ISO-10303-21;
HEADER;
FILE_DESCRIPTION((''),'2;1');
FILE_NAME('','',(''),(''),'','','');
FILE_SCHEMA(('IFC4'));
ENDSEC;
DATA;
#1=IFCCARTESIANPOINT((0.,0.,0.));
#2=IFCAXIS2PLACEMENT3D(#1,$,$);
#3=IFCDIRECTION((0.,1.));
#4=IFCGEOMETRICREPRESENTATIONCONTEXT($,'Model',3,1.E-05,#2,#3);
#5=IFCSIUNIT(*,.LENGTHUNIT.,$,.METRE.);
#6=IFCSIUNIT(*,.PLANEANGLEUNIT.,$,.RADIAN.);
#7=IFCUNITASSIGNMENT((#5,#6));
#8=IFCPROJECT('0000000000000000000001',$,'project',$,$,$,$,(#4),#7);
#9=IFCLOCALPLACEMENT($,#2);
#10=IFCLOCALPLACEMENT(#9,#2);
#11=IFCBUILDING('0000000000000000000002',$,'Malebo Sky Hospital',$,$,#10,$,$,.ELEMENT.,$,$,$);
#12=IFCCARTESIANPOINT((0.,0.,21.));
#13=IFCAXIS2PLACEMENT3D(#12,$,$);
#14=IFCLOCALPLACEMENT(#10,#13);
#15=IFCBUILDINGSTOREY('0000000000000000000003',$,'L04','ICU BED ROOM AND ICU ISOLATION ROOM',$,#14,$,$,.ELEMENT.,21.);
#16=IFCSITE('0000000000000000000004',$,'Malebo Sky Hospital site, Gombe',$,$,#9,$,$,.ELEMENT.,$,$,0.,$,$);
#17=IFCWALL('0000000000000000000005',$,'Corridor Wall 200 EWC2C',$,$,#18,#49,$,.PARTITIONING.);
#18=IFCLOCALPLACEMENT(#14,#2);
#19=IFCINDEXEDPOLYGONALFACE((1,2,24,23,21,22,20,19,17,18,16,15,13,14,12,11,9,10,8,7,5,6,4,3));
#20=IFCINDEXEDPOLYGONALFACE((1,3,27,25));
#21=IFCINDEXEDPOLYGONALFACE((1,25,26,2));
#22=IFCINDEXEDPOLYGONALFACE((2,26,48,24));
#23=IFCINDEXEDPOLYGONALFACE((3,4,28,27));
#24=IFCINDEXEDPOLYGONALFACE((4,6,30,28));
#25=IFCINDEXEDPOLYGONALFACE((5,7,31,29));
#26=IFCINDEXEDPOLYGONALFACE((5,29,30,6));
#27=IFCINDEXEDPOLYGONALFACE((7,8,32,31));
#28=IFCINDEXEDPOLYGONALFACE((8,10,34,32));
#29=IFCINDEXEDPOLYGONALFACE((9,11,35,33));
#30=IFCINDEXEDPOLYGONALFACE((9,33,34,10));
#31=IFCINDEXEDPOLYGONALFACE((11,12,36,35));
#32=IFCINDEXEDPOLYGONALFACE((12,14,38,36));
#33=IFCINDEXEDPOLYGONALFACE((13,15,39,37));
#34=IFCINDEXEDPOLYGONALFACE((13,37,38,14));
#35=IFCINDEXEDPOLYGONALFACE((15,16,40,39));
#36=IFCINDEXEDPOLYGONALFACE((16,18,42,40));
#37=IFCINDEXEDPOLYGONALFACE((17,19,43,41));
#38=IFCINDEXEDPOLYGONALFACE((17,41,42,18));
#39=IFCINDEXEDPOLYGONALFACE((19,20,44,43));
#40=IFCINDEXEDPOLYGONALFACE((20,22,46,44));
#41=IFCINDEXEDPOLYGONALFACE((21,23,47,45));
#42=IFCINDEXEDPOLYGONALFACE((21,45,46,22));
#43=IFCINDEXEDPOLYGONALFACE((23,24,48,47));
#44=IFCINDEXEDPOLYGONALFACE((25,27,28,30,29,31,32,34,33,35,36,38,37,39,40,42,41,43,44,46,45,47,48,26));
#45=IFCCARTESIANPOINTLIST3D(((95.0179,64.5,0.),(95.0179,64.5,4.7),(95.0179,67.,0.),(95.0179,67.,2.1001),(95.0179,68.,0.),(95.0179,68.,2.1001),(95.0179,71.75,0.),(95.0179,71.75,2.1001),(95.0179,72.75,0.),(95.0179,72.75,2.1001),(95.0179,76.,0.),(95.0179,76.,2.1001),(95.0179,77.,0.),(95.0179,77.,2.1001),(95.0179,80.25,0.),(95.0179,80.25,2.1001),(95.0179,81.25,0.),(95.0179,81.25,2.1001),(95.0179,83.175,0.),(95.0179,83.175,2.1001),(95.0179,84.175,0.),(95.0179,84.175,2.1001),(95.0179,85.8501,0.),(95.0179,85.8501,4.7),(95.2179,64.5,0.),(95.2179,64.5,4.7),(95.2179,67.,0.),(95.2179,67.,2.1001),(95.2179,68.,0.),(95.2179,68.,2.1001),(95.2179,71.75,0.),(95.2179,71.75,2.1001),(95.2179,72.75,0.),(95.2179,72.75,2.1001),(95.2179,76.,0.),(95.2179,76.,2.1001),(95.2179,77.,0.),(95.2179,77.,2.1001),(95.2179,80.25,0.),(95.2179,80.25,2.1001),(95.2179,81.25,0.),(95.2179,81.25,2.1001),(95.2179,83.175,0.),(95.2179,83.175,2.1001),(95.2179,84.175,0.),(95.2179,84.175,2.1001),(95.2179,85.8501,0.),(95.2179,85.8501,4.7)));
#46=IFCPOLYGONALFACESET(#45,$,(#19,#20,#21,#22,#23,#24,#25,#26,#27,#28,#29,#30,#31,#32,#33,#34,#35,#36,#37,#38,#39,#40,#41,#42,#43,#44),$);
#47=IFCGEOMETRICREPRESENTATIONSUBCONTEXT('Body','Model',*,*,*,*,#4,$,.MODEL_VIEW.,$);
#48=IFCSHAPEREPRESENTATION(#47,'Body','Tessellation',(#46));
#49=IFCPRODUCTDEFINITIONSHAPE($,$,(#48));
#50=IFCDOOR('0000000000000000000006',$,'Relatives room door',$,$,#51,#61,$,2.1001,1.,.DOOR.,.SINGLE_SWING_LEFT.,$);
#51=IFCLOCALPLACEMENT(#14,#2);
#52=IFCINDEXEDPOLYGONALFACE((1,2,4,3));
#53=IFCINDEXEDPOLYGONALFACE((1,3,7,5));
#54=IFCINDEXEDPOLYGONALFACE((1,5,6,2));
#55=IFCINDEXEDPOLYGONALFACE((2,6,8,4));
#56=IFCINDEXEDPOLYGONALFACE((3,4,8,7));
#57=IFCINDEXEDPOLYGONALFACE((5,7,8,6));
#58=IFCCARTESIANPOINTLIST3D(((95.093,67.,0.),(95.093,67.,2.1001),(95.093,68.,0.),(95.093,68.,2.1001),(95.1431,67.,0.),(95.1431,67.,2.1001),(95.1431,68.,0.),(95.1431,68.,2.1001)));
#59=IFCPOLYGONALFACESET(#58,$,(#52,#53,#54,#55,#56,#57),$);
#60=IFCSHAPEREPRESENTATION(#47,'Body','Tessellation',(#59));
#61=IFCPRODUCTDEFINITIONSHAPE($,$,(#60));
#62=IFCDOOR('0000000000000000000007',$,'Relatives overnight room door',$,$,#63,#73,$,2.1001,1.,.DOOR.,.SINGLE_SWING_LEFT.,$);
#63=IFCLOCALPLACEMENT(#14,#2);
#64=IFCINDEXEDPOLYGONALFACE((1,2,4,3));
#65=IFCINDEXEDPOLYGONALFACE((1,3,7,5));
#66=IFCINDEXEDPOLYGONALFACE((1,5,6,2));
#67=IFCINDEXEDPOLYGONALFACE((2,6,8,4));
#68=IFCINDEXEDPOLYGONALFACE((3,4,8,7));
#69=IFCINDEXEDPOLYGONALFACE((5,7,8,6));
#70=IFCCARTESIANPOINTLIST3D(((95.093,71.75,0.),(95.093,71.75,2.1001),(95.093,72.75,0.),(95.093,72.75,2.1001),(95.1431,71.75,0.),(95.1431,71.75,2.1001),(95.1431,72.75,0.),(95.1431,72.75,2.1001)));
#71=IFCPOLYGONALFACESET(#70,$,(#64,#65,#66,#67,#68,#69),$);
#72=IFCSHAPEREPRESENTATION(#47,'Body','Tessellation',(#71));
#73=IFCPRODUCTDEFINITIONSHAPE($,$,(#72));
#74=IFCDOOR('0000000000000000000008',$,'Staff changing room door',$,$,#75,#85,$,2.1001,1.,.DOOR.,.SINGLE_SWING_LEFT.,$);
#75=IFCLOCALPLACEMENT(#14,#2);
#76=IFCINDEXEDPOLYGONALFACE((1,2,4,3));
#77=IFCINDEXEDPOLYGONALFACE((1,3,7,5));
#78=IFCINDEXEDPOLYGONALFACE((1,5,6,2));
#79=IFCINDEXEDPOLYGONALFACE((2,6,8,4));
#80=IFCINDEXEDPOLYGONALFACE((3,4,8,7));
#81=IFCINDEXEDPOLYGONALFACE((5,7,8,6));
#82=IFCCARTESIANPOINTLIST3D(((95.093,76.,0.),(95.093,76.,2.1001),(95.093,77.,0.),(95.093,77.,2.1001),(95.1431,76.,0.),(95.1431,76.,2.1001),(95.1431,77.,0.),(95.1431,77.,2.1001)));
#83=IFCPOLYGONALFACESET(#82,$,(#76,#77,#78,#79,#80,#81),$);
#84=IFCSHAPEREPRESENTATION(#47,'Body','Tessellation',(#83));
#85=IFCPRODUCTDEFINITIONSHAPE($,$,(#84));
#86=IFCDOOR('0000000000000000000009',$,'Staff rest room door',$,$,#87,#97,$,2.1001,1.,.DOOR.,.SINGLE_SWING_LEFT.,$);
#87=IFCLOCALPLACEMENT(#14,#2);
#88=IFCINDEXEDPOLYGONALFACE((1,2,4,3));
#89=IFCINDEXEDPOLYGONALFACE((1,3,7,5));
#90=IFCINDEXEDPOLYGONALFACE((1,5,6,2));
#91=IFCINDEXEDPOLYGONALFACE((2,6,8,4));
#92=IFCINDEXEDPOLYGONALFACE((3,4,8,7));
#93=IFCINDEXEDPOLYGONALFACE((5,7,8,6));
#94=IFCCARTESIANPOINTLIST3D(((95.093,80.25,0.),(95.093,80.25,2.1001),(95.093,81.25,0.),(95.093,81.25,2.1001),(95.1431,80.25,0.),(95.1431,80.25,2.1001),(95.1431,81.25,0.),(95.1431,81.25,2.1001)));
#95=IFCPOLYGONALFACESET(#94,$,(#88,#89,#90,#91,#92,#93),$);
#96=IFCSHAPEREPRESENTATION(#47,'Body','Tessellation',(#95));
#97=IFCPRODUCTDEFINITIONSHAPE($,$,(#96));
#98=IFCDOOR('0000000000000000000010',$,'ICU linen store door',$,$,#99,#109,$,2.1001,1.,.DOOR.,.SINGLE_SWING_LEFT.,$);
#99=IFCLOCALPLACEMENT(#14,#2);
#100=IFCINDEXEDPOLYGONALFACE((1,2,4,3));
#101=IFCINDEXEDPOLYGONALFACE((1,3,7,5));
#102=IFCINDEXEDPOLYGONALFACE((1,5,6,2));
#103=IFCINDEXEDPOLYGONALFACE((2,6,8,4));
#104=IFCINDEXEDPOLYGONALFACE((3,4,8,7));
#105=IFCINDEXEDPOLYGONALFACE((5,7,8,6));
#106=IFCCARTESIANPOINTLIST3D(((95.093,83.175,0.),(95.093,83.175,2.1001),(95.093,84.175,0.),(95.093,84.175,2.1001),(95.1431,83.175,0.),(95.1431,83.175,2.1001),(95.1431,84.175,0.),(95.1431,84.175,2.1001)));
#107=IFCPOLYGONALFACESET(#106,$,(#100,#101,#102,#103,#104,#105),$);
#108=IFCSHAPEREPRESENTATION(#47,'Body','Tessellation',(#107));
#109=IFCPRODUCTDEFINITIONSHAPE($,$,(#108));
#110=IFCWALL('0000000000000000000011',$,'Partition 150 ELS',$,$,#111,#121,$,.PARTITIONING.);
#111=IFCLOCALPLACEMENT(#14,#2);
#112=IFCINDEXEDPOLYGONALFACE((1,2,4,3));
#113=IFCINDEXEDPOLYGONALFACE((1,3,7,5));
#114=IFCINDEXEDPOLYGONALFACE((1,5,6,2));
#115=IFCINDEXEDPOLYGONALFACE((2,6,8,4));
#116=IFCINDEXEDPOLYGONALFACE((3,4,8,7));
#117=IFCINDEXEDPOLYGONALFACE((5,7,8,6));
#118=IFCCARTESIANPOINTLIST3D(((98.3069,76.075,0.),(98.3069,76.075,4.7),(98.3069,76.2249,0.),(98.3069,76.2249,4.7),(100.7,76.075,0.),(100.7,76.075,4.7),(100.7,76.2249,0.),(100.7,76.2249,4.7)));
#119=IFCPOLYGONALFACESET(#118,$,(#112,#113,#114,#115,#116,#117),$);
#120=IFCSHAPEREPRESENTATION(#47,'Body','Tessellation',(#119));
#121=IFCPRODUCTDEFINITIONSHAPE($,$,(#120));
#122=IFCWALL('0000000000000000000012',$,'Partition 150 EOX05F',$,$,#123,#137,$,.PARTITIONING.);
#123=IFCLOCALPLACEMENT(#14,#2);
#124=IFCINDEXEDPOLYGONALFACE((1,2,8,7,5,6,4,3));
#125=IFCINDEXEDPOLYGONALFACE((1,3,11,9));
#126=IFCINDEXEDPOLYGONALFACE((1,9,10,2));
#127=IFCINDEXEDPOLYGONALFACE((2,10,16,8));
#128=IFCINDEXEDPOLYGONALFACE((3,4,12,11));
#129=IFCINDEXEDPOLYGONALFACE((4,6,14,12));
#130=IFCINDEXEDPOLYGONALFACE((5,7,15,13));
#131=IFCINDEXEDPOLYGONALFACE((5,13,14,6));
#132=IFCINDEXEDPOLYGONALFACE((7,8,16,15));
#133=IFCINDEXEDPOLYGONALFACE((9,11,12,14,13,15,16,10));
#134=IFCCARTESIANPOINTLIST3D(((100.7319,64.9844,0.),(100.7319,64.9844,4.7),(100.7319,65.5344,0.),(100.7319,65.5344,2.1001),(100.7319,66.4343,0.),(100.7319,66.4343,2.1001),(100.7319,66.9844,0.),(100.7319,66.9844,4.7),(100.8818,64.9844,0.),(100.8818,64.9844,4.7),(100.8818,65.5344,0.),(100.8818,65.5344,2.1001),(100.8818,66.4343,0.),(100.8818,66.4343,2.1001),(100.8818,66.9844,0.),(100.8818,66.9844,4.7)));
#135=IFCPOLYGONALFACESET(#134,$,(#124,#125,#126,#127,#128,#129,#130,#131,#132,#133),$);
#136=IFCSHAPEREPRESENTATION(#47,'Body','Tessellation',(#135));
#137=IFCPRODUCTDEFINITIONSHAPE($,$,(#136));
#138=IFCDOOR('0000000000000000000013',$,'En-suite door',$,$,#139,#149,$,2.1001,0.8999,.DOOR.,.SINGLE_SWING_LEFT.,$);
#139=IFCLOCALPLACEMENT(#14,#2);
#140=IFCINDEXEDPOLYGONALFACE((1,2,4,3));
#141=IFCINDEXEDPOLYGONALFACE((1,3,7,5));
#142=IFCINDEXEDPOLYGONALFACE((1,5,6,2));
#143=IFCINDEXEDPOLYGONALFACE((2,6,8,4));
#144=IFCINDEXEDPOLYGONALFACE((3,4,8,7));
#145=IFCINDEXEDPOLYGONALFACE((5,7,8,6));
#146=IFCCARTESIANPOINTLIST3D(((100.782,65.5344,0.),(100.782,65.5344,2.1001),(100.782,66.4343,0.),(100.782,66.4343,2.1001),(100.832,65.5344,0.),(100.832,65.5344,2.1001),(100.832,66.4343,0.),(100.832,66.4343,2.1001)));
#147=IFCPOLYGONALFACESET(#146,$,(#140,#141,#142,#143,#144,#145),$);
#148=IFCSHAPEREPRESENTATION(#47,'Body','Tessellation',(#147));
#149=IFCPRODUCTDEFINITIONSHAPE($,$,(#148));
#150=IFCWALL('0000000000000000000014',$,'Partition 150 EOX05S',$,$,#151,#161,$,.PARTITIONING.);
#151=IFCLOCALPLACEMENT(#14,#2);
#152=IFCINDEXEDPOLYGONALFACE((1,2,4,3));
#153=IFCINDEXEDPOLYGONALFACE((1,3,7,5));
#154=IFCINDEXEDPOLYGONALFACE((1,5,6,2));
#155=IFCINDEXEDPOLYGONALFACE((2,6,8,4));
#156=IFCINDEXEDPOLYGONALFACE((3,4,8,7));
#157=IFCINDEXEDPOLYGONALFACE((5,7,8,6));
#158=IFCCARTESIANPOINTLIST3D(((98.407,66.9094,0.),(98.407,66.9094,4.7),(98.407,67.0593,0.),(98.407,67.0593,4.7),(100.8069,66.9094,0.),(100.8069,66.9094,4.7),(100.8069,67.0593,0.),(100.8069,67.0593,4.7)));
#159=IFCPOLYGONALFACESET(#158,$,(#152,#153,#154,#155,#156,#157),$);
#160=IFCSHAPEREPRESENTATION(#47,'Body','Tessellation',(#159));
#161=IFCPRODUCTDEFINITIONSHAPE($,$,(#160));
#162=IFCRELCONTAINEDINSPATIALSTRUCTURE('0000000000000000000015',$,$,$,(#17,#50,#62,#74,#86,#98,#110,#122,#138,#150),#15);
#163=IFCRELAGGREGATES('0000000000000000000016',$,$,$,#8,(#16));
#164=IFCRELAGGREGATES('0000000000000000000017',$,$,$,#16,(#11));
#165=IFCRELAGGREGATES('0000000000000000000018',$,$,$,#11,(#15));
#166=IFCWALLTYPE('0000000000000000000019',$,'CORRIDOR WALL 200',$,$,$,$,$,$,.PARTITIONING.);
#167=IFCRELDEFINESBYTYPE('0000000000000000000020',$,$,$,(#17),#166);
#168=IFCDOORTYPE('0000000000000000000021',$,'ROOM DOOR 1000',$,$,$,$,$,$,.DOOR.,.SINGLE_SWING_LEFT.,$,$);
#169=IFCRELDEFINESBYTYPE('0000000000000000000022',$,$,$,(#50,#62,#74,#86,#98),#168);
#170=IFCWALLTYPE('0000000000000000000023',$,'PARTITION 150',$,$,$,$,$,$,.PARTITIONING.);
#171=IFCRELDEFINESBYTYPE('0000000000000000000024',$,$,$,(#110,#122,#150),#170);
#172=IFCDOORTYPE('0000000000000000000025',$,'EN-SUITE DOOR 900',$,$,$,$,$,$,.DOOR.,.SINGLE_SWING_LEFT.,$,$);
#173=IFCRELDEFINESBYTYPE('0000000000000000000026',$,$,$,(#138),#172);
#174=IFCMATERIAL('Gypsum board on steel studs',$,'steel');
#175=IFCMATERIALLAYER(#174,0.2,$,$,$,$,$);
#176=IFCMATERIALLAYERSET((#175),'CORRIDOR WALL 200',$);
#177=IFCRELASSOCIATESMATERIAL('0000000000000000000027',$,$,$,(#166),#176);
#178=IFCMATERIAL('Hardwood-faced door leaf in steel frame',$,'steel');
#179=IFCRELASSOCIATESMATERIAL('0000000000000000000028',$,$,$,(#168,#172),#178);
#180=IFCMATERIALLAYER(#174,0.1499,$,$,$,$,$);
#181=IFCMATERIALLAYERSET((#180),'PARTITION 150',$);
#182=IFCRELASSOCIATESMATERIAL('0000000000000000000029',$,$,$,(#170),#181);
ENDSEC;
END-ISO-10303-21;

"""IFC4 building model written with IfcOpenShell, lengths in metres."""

from ifc_helpers import new_model, si_unit, direction, frame, frame_2d, origin, place, context, subcontext, project, spatial, rectangle, extrude, material, layer, layer_set, type_object, element, fill, save


model = new_model("IFC4")

# Units and contexts
model_context = context("Model", 3, precision=1e-05, world=origin(), true_north=direction((0.0, 1.0)))
body_context = subcontext(model_context, "Body", "Model", "MODEL_VIEW")
ifc_project = project(units=[si_unit("LENGTHUNIT", "METRE"), si_unit("PLANEANGLEUNIT", "RADIAN")], contexts=[model_context])

# Site, building, storey
site_placement = place(None, origin())
site = spatial("IfcSite", under=ifc_project, at=site_placement, Name="Malebo Sky Hospital site, Gombe", CompositionType="ELEMENT", RefElevation=0.0)
building_placement = place(site_placement, origin())
building = spatial("IfcBuilding", under=site, at=building_placement, Name="Malebo Sky Hospital", CompositionType="ELEMENT")
storey_placement = place(building_placement, frame((0.0, 0.0, 21.0)))
storey = spatial("IfcBuildingStorey", under=building, at=storey_placement, Name="L04", Description="ICU BED ROOM AND ICU ISOLATION ROOM", CompositionType="ELEMENT", Elevation=21.0)

# Wall, openings, doors
ifc_material_1 = material(Name="Gypsum board on steel studs", Category="steel")
ifc_layer_1 = layer(ifc_material_1, 0.2)
ifc_layer_set_1 = layer_set([ifc_layer_1], Name="CORRIDOR WALL 200")
wall_type_1 = type_object("IfcWallType", Name="CORRIDOR WALL 200", PredefinedType="PARTITIONING", material=ifc_layer_set_1)
wall_1_placement = place(storey_placement, frame((95.1179, 64.5, 0.0), z_axis=(0.0, 0.0, 1.0), x_axis=(0.0, 1.0, 0.0)))
wall_1 = element("IfcWall", 1, at=wall_1_placement, inside=storey, type_object=wall_type_1, Name="Corridor Wall 200 EWC2C", PredefinedType="PARTITIONING", context=body_context, shape_type="SweptSolid", body=[
    extrude(rectangle(XDim=21.3501, YDim=0.2, at=frame_2d((10.675, 0.0))), origin(), (0.0, 0.0, 1.0), 4.7),
])
opening_1_placement = place(wall_1_placement, frame((2.5, 0.0, 0.0)))
opening_1 = element("IfcOpeningElement", 2, at=opening_1_placement, cuts=wall_1, PredefinedType="OPENING", context=body_context, shape_type="SweptSolid", body=[
    extrude(rectangle(XDim=1.0, YDim=2.1001, at=frame_2d((0.5, 1.05))), frame((0.0, 0.1099, 0.0), z_axis=(0.0, -1.0, 0.0), x_axis=(1.0, 0.0, 0.0)), (0.0, 0.0, 1.0), 0.22),
])
opening_2_placement = place(wall_1_placement, frame((7.25, 0.0, 0.0)))
opening_2 = element("IfcOpeningElement", 3, at=opening_2_placement, cuts=wall_1, PredefinedType="OPENING", context=body_context, shape_type="SweptSolid", body=[
    extrude(rectangle(XDim=1.0, YDim=2.1001, at=frame_2d((0.5, 1.05))), frame((0.0, 0.1099, 0.0), z_axis=(0.0, -1.0, 0.0), x_axis=(1.0, 0.0, 0.0)), (0.0, 0.0, 1.0), 0.22),
])
opening_3_placement = place(wall_1_placement, frame((11.5, 0.0, 0.0)))
opening_3 = element("IfcOpeningElement", 4, at=opening_3_placement, cuts=wall_1, PredefinedType="OPENING", context=body_context, shape_type="SweptSolid", body=[
    extrude(rectangle(XDim=1.0, YDim=2.1001, at=frame_2d((0.5, 1.05))), frame((0.0, 0.1099, 0.0), z_axis=(0.0, -1.0, 0.0), x_axis=(1.0, 0.0, 0.0)), (0.0, 0.0, 1.0), 0.22),
])
opening_4_placement = place(wall_1_placement, frame((15.75, 0.0, 0.0)))
opening_4 = element("IfcOpeningElement", 5, at=opening_4_placement, cuts=wall_1, PredefinedType="OPENING", context=body_context, shape_type="SweptSolid", body=[
    extrude(rectangle(XDim=1.0, YDim=2.1001, at=frame_2d((0.5, 1.05))), frame((0.0, 0.1099, 0.0), z_axis=(0.0, -1.0, 0.0), x_axis=(1.0, 0.0, 0.0)), (0.0, 0.0, 1.0), 0.22),
])
opening_5_placement = place(wall_1_placement, frame((18.675, 0.0, 0.0)))
opening_5 = element("IfcOpeningElement", 6, at=opening_5_placement, cuts=wall_1, PredefinedType="OPENING", context=body_context, shape_type="SweptSolid", body=[
    extrude(rectangle(XDim=1.0, YDim=2.1001, at=frame_2d((0.5, 1.05))), frame((0.0, 0.1099, 0.0), z_axis=(0.0, -1.0, 0.0), x_axis=(1.0, 0.0, 0.0)), (0.0, 0.0, 1.0), 0.22),
])
ifc_material_2 = material(Name="Hardwood-faced door leaf in steel frame", Category="steel")
door_type_1 = type_object("IfcDoorType", Name="ROOM DOOR 1000", OperationType="SINGLE_SWING_LEFT", PredefinedType="DOOR", material=ifc_material_2)
door_1_placement = place(opening_1_placement, origin())
door_1 = element("IfcDoor", 7, at=door_1_placement, inside=storey, type_object=door_type_1, Name="Relatives room door", OperationType="SINGLE_SWING_LEFT", OverallHeight=2.1001, OverallWidth=1.0, PredefinedType="DOOR", context=body_context, shape_type="SweptSolid", body=[
    extrude(rectangle(XDim=1.0, YDim=2.1001, at=frame_2d((0.5, 1.05))), frame((0.0, 0.0249, 0.0), z_axis=(0.0, -1.0, 0.0), x_axis=(1.0, 0.0, 0.0)), (0.0, 0.0, 1.0), 0.05),
])
fill(opening_1, door_1)
door_2_placement = place(opening_2_placement, origin())
door_2 = element("IfcDoor", 8, at=door_2_placement, inside=storey, type_object=door_type_1, Name="Relatives overnight room door", OperationType="SINGLE_SWING_LEFT", OverallHeight=2.1001, OverallWidth=1.0, PredefinedType="DOOR", context=body_context, shape_type="SweptSolid", body=[
    extrude(rectangle(XDim=1.0, YDim=2.1001, at=frame_2d((0.5, 1.05))), frame((0.0, 0.0249, 0.0), z_axis=(0.0, -1.0, 0.0), x_axis=(1.0, 0.0, 0.0)), (0.0, 0.0, 1.0), 0.05),
])
fill(opening_2, door_2)
door_3_placement = place(opening_3_placement, origin())
door_3 = element("IfcDoor", 9, at=door_3_placement, inside=storey, type_object=door_type_1, Name="Staff changing room door", OperationType="SINGLE_SWING_LEFT", OverallHeight=2.1001, OverallWidth=1.0, PredefinedType="DOOR", context=body_context, shape_type="SweptSolid", body=[
    extrude(rectangle(XDim=1.0, YDim=2.1001, at=frame_2d((0.5, 1.05))), frame((0.0, 0.0249, 0.0), z_axis=(0.0, -1.0, 0.0), x_axis=(1.0, 0.0, 0.0)), (0.0, 0.0, 1.0), 0.05),
])
fill(opening_3, door_3)
door_4_placement = place(opening_4_placement, origin())
door_4 = element("IfcDoor", 10, at=door_4_placement, inside=storey, type_object=door_type_1, Name="Staff rest room door", OperationType="SINGLE_SWING_LEFT", OverallHeight=2.1001, OverallWidth=1.0, PredefinedType="DOOR", context=body_context, shape_type="SweptSolid", body=[
    extrude(rectangle(XDim=1.0, YDim=2.1001, at=frame_2d((0.5, 1.05))), frame((0.0, 0.0249, 0.0), z_axis=(0.0, -1.0, 0.0), x_axis=(1.0, 0.0, 0.0)), (0.0, 0.0, 1.0), 0.05),
])
fill(opening_4, door_4)
door_5_placement = place(opening_5_placement, origin())
door_5 = element("IfcDoor", 11, at=door_5_placement, inside=storey, type_object=door_type_1, Name="ICU linen store door", OperationType="SINGLE_SWING_LEFT", OverallHeight=2.1001, OverallWidth=1.0, PredefinedType="DOOR", context=body_context, shape_type="SweptSolid", body=[
    extrude(rectangle(XDim=1.0, YDim=2.1001, at=frame_2d((0.5, 1.05))), frame((0.0, 0.0249, 0.0), z_axis=(0.0, -1.0, 0.0), x_axis=(1.0, 0.0, 0.0)), (0.0, 0.0, 1.0), 0.05),
])
fill(opening_5, door_5)

# Wall
ifc_layer_2 = layer(ifc_material_1, 0.1499)
ifc_layer_set_2 = layer_set([ifc_layer_2], Name="PARTITION 150")
wall_type_2 = type_object("IfcWallType", Name="PARTITION 150", PredefinedType="PARTITIONING", material=ifc_layer_set_2)
wall_2_placement = place(storey_placement, frame((100.7, 76.1499, 0.0), z_axis=(0.0, 0.0, 1.0), x_axis=(-1.0, 0.0, 0.0)))
element("IfcWall", 12, at=wall_2_placement, inside=storey, type_object=wall_type_2, Name="Partition 150 ELS", PredefinedType="PARTITIONING", context=body_context, shape_type="SweptSolid", body=[
    extrude(rectangle(XDim=2.3931, YDim=0.1499, at=frame_2d((1.1965, 0.0))), origin(), (0.0, 0.0, 1.0), 4.7),
])

# Wall, opening, door
wall_3_placement = place(storey_placement, frame((100.8069, 64.9844, 0.0), z_axis=(0.0, 0.0, 1.0), x_axis=(0.0, 1.0, 0.0)))
wall_3 = element("IfcWall", 13, at=wall_3_placement, inside=storey, type_object=wall_type_2, Name="Partition 150 EOX05F", PredefinedType="PARTITIONING", context=body_context, shape_type="SweptSolid", body=[
    extrude(rectangle(XDim=2.0, YDim=0.1499, at=frame_2d((1.0, 0.0))), origin(), (0.0, 0.0, 1.0), 4.7),
])
opening_6_placement = place(wall_3_placement, frame((0.55, 0.0, 0.0)))
opening_6 = element("IfcOpeningElement", 14, at=opening_6_placement, cuts=wall_3, PredefinedType="OPENING", context=body_context, shape_type="SweptSolid", body=[
    extrude(rectangle(XDim=0.8999, YDim=2.1001, at=frame_2d((0.45, 1.05))), frame((0.0, 0.085, 0.0), z_axis=(0.0, -1.0, 0.0), x_axis=(1.0, 0.0, 0.0)), (0.0, 0.0, 1.0), 0.1699),
])
door_type_2 = type_object("IfcDoorType", Name="EN-SUITE DOOR 900", OperationType="SINGLE_SWING_LEFT", PredefinedType="DOOR", material=ifc_material_2)
door_6_placement = place(opening_6_placement, origin())
door_6 = element("IfcDoor", 15, at=door_6_placement, inside=storey, type_object=door_type_2, Name="En-suite door", OperationType="SINGLE_SWING_LEFT", OverallHeight=2.1001, OverallWidth=0.8999, PredefinedType="DOOR", context=body_context, shape_type="SweptSolid", body=[
    extrude(rectangle(XDim=0.8999, YDim=2.1001, at=frame_2d((0.45, 1.05))), frame((0.0, 0.0249, 0.0), z_axis=(0.0, -1.0, 0.0), x_axis=(1.0, 0.0, 0.0)), (0.0, 0.0, 1.0), 0.05),
])
fill(opening_6, door_6)

# Wall
wall_4_placement = place(storey_placement, frame((98.407, 66.9844, 0.0), z_axis=(0.0, 0.0, 1.0), x_axis=(1.0, 0.0, 0.0)))
element("IfcWall", 16, at=wall_4_placement, inside=storey, type_object=wall_type_2, Name="Partition 150 EOX05S", PredefinedType="PARTITIONING", context=body_context, shape_type="SweptSolid", body=[
    extrude(rectangle(XDim=2.3999, YDim=0.1499, at=frame_2d((1.2, 0.0))), origin(), (0.0, 0.0, 1.0), 4.7),
])

save(model, "model.ifc")
